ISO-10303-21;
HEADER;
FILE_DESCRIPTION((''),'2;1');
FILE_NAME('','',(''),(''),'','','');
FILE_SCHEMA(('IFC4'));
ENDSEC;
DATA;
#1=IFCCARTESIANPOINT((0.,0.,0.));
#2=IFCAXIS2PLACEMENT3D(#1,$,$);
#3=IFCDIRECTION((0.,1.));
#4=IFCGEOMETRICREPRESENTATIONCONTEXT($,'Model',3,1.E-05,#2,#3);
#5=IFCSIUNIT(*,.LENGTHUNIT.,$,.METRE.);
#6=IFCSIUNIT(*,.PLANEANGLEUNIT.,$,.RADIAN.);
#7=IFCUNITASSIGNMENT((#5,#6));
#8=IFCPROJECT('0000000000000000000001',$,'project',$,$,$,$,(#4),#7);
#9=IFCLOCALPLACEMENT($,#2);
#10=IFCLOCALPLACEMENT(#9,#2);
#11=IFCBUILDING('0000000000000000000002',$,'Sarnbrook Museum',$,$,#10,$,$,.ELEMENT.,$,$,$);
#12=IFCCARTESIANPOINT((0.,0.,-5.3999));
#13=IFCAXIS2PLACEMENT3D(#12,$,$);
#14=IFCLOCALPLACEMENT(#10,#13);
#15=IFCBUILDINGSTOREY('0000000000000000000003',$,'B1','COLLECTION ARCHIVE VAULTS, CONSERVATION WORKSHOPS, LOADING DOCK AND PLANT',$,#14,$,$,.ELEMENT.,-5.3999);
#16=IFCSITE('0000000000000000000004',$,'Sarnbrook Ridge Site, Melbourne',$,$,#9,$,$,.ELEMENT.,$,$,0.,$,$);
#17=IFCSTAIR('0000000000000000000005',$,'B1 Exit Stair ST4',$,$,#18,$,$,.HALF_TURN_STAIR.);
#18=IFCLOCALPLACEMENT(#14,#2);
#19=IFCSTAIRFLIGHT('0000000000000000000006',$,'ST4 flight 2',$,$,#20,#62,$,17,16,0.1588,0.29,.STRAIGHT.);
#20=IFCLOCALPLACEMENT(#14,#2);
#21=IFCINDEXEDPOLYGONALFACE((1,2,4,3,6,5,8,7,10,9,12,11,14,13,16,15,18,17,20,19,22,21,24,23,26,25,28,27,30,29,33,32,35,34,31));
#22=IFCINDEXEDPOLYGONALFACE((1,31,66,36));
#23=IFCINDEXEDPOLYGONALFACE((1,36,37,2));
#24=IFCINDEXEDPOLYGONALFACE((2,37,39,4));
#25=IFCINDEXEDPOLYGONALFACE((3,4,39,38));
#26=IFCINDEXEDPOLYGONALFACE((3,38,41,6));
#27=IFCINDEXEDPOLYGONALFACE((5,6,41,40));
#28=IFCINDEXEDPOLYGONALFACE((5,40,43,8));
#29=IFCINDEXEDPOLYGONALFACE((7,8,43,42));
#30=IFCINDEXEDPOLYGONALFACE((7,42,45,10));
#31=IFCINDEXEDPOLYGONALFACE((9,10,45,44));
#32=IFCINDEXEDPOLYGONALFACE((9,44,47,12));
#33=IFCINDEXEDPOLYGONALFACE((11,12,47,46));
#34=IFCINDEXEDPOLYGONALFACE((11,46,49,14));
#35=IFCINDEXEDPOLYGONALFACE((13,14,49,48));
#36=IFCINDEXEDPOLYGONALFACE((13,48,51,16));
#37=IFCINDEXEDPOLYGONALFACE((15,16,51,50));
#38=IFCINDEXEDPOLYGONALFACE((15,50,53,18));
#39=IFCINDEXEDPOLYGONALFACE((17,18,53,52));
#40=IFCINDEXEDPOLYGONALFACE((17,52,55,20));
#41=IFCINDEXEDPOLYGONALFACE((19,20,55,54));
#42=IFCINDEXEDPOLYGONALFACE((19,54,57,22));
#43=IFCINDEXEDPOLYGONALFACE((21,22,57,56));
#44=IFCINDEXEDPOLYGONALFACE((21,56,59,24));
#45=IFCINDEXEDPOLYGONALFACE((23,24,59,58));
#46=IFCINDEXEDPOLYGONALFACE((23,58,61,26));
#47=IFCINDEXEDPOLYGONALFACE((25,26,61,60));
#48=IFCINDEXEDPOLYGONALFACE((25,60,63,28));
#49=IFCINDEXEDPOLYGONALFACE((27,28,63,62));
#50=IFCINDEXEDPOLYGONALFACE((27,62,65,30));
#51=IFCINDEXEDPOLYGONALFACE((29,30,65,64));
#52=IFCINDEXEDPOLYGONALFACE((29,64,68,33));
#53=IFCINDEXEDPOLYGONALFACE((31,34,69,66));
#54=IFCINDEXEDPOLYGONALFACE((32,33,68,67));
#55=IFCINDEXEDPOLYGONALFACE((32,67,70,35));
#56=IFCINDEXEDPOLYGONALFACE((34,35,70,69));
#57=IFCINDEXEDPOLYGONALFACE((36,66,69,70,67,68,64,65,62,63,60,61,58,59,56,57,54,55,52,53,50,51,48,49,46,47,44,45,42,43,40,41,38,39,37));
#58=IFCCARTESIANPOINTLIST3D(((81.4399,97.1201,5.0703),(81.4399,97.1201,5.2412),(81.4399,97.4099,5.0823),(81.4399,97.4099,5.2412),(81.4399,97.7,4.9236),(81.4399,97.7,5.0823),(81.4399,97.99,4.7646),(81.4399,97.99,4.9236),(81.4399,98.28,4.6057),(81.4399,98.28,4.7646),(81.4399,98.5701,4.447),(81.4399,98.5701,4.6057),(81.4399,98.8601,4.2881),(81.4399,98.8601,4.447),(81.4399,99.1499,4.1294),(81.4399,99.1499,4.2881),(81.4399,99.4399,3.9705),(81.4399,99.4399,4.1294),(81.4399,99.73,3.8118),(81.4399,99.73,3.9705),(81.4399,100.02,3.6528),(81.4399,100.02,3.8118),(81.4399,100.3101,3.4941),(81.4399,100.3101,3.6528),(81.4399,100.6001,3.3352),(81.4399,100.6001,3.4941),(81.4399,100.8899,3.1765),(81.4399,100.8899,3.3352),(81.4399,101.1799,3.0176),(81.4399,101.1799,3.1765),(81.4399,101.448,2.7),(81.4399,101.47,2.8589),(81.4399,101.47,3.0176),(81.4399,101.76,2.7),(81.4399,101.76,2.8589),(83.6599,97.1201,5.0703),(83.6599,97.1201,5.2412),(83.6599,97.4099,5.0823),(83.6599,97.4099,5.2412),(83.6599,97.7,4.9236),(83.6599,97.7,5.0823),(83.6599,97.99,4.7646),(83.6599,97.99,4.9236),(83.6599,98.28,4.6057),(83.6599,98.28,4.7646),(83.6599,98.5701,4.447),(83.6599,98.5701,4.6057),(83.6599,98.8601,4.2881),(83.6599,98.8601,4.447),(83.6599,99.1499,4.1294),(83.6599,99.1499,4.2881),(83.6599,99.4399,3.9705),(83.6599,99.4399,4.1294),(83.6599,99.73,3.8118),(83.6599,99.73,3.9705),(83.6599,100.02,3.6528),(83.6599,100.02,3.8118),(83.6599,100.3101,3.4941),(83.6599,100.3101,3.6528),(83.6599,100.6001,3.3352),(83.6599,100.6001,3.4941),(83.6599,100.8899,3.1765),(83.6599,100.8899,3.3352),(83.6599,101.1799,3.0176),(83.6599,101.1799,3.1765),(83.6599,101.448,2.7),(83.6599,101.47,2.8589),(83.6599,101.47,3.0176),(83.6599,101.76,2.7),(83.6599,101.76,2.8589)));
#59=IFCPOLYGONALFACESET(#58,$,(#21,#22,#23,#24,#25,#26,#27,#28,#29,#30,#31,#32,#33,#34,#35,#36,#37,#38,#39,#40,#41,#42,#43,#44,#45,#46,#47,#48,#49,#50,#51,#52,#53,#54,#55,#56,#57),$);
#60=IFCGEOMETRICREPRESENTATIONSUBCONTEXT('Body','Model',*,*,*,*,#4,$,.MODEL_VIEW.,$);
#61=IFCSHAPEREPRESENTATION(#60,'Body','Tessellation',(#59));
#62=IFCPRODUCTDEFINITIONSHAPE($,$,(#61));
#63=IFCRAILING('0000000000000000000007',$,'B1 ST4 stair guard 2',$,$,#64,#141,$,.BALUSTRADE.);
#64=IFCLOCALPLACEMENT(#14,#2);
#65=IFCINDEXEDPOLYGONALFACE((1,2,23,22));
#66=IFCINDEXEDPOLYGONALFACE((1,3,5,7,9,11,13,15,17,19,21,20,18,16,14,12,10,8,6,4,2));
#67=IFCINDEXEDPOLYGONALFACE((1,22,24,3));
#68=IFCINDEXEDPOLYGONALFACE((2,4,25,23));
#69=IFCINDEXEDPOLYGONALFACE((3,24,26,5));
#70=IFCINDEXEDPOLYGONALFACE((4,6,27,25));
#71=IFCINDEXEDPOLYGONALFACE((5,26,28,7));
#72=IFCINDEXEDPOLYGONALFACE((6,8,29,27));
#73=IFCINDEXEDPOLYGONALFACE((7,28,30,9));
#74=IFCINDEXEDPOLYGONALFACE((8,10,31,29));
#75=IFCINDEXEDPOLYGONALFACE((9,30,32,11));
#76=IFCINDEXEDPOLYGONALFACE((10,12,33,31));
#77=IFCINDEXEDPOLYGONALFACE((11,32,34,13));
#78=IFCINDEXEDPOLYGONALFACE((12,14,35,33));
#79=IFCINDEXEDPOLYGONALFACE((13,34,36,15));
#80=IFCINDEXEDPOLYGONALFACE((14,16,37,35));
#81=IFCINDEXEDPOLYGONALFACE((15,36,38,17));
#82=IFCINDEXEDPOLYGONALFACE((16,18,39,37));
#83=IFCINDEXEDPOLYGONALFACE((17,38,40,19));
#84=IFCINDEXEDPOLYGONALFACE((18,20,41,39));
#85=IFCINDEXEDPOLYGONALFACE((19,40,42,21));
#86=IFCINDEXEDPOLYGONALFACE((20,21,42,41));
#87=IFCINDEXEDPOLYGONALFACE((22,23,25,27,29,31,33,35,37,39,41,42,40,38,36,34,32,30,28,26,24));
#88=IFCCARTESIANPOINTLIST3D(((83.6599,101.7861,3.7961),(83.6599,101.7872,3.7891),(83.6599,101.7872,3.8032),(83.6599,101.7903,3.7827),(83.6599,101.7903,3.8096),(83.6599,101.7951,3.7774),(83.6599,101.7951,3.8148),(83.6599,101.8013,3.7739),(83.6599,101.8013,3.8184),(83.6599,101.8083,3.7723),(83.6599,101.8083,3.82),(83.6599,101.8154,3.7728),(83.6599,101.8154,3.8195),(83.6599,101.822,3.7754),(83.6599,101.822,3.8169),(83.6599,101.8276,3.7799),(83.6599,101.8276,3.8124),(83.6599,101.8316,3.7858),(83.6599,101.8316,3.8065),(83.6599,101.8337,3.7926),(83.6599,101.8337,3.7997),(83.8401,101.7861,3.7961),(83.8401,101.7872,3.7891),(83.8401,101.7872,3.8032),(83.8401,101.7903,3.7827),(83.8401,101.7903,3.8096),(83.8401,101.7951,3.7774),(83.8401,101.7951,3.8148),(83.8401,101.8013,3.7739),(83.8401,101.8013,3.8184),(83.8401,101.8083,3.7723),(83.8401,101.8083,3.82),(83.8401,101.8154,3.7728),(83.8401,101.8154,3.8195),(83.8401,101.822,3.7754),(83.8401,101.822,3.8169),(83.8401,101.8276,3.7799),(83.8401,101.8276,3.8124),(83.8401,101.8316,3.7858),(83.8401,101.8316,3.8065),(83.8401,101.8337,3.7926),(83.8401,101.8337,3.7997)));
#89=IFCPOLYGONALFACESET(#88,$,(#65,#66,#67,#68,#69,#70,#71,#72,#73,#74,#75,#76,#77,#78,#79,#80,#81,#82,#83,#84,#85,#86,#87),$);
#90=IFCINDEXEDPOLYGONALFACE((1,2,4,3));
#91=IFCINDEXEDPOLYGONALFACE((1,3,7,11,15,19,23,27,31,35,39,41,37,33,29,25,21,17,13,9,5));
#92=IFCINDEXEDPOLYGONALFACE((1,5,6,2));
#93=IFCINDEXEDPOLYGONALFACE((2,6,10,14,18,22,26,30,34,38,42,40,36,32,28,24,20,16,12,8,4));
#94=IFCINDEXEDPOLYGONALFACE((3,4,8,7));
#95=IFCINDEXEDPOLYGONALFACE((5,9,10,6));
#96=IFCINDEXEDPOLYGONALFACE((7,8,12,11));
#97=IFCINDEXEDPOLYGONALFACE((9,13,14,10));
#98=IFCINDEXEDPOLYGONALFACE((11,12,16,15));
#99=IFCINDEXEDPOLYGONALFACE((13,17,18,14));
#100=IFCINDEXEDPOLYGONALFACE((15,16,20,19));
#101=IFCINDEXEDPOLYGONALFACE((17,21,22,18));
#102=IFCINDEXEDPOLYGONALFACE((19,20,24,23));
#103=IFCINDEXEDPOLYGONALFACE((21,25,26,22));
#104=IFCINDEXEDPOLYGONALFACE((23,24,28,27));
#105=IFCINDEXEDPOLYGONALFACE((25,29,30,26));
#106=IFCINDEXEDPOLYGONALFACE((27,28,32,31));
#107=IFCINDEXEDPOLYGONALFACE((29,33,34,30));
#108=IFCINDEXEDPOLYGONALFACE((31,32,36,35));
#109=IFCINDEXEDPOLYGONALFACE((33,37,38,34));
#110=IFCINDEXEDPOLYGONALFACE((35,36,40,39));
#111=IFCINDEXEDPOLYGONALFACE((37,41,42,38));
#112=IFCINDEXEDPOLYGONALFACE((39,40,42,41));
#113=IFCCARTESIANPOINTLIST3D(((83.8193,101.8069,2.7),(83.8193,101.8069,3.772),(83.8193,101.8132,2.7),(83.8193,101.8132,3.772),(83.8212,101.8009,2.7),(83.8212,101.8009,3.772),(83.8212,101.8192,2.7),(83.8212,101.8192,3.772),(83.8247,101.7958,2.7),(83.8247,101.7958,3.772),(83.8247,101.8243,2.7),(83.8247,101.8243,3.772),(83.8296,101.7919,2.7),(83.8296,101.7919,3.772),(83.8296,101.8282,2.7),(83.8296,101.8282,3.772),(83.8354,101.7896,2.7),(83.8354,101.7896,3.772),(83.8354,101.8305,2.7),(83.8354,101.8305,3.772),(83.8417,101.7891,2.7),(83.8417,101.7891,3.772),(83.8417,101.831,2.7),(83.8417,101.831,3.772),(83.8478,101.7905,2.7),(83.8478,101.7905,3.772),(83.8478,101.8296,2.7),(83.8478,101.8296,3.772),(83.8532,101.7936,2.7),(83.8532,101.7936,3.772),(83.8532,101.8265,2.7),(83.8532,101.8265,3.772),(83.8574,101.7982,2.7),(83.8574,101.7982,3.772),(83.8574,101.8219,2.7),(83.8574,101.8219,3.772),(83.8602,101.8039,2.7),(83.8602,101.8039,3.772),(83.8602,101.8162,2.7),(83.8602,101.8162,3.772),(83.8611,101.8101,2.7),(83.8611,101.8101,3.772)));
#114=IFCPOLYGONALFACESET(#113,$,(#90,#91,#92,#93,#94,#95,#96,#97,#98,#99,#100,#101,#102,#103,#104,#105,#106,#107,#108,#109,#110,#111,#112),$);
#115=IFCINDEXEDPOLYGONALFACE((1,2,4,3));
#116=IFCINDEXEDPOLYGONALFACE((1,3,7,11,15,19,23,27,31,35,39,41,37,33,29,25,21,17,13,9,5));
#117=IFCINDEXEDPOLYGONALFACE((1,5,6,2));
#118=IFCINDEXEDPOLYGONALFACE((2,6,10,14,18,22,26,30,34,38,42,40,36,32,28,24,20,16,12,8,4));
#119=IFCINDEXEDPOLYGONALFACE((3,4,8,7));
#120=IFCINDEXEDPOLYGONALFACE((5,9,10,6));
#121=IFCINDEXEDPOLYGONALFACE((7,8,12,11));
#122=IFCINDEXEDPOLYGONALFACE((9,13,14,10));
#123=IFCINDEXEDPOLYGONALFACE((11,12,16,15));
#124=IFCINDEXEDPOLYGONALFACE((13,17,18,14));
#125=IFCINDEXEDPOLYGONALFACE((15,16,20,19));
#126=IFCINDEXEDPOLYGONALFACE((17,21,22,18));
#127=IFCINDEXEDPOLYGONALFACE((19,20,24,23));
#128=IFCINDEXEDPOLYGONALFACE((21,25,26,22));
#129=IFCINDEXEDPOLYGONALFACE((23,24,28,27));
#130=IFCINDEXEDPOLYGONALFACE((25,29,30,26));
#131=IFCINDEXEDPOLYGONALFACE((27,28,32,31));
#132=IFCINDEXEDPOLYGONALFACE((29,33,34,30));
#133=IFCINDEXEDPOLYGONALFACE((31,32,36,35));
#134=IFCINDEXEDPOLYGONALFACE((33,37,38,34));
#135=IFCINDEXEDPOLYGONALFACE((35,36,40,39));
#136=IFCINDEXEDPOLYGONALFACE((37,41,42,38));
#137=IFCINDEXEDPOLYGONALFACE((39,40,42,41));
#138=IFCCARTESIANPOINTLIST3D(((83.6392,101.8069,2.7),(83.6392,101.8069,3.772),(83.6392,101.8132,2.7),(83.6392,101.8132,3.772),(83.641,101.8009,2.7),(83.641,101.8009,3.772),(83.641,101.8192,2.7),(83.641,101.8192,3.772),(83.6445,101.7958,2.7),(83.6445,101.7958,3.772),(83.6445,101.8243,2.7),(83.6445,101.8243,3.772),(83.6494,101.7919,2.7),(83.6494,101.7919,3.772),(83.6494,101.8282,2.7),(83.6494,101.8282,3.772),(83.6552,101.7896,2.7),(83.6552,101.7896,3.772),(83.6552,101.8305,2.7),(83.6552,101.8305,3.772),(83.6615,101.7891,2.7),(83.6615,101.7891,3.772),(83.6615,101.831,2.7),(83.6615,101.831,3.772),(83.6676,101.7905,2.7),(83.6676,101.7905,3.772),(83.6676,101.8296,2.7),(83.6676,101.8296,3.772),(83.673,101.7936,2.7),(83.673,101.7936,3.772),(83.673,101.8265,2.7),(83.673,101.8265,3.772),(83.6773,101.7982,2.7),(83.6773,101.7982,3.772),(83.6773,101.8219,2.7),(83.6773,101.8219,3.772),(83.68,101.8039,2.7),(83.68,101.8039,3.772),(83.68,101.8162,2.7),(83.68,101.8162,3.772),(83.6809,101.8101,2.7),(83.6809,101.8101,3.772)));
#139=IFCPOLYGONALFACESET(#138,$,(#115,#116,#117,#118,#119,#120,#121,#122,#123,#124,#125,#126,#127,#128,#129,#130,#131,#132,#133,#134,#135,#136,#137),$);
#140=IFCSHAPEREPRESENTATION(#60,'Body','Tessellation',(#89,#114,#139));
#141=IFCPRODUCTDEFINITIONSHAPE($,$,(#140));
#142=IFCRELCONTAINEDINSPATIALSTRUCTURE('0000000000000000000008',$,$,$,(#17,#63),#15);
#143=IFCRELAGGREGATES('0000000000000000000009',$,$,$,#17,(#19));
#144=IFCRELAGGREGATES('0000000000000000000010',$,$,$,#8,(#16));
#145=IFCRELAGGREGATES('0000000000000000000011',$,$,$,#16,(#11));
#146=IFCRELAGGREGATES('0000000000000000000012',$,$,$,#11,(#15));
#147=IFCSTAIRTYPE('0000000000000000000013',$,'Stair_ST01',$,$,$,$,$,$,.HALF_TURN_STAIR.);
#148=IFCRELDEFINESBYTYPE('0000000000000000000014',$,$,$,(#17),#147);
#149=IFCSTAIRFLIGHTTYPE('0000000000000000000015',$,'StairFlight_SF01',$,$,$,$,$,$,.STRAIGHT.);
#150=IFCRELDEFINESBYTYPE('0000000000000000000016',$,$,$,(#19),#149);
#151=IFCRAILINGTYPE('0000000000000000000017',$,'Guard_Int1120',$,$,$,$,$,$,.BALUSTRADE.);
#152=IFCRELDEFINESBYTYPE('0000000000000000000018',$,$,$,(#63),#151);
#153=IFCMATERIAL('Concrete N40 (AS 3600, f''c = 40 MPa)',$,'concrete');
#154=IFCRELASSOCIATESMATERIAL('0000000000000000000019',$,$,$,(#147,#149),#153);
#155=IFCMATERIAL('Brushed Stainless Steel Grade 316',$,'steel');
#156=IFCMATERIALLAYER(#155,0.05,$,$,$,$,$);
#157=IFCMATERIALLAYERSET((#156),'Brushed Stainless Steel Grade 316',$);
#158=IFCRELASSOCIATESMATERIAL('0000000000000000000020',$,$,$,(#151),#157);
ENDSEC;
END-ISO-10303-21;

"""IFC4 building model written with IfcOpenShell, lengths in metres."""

from ifc_helpers import new_model, si_unit, direction, frame, origin, origin_2d, place, context, subcontext, project, spatial, polyline, circle, outline, extrude, material, layer, layer_set, type_object, element, aggregate, save


model = new_model("IFC4")

# Units and contexts
model_context = context("Model", 3, precision=1e-05, world=origin(), true_north=direction((0.0, 1.0)))
body_context = subcontext(model_context, "Body", "Model", "MODEL_VIEW")
ifc_project = project(units=[si_unit("LENGTHUNIT", "METRE"), si_unit("PLANEANGLEUNIT", "RADIAN")], contexts=[model_context])

# Site, building, storey
site_placement = place(None, origin())
site = spatial("IfcSite", under=ifc_project, at=site_placement, Name="Sarnbrook Ridge Site, Melbourne", CompositionType="ELEMENT", RefElevation=0.0)
building_placement = place(site_placement, origin())
building = spatial("IfcBuilding", under=site, at=building_placement, Name="Sarnbrook Museum", CompositionType="ELEMENT")
storey_placement = place(building_placement, frame((0.0, 0.0, -5.3999)))
storey = spatial("IfcBuildingStorey", under=building, at=storey_placement, Name="B1", Description="COLLECTION ARCHIVE VAULTS, CONSERVATION WORKSHOPS, LOADING DOCK AND PLANT", CompositionType="ELEMENT", Elevation=-5.3999)

# Shared definitions
ifc_material_1 = material(Name="Concrete N40 (AS 3600, f'c = 40 MPa)", Category="concrete")

# Shared definitions
ifc_material_2 = material(Name="Brushed Stainless Steel Grade 316", Category="steel")

# Stair, stair flight
stair_type = type_object("IfcStairType", Name="Stair_ST01", PredefinedType="HALF_TURN_STAIR", material=ifc_material_1)
stair_placement = place(storey_placement, origin())
stair = element("IfcStair", 1, at=stair_placement, inside=storey, type_object=stair_type, Name="B1 Exit Stair ST4", PredefinedType="HALF_TURN_STAIR")
stair_flight_type = type_object("IfcStairFlightType", Name="StairFlight_SF01", PredefinedType="STRAIGHT", material=ifc_material_1)
stair_flight_placement = place(storey_placement, frame((82.55, 101.76, 2.7), z_axis=(0.0, 0.0, 1.0), x_axis=(0.0, -1.0, 0.0)))
stair_flight = element("IfcStairFlight", 2, at=stair_flight_placement, type_object=stair_flight_type, Name="ST4 flight 2", NumberOfRisers=17, NumberOfTreads=16, PredefinedType="STRAIGHT", RiserHeight=0.1588, TreadLength=0.29, context=body_context, shape_type="SweptSolid", body=[
    extrude(outline(polyline([(0.0, 0.0), (0.0, 0.1589), (0.29, 0.1589), (0.29, 0.3176), (0.5801, 0.3176), (0.5801, 0.4766), (0.8701, 0.4766), (0.8701, 0.6353), (1.1599, 0.6353), (1.1599, 0.7942), (1.45, 0.7942), (1.45, 0.9529), (1.74, 0.9529), (1.74, 1.1118), (2.03, 1.1118), (2.03, 1.2705), (2.3201, 1.2705), (2.3201, 1.4294), (2.6101, 1.4294), (2.6101, 1.5881), (2.8999, 1.5881), (2.8999, 1.7471), (3.1899, 1.7471), (3.1899, 1.9058), (3.48, 1.9058), (3.48, 2.0647), (3.77, 2.0647), (3.77, 2.2236), (4.0601, 2.2236), (4.0601, 2.3823), (4.3501, 2.3823), (4.3501, 2.5413), (4.6399, 2.5413), (4.6399, 2.7), (4.6399, 2.3704), (0.312, 0.0), (0.0, 0.0)])), frame((0.0, 1.1099, 0.0), z_axis=(0.0, -1.0, 0.0), x_axis=(1.0, 0.0, 0.0)), (0.0, 0.0, 1.0), 2.22),
])
aggregate(stair, [stair_flight])

# Railing
ifc_layer_1 = layer(ifc_material_2, 0.05)
ifc_layer_set_1 = layer_set([ifc_layer_1], Name="Brushed Stainless Steel Grade 316")
railing_type_1 = type_object("IfcRailingType", Name="Guard_Int1120", PredefinedType="BALUSTRADE", material=ifc_layer_set_1)
railing_1_placement = place(storey_placement, frame((83.8401, 101.8101, 2.7)))
element("IfcRailing", 3, at=railing_1_placement, inside=storey, type_object=railing_type_1, Name="B1 ST4 stair guard 2", PredefinedType="BALUSTRADE", context=body_context, shape_type="SweptSolid", body=[
    extrude(circle(Radius=0.0239, at=origin_2d()), frame((0.0, 0.0, 1.0962), z_axis=(-1.0, 0.0, 0.0), x_axis=(0.0, -1.0, 0.0)), (0.0, 0.0, 1.0), 0.1802),
    extrude(circle(Radius=0.021, at=origin_2d()), origin(), (0.0, 0.0, 1.0), 1.072),
    extrude(circle(Radius=0.021, at=origin_2d()), frame((-0.1802, 0.0, 0.0)), (0.0, 0.0, 1.0), 1.072),
])

save(model, "model.ifc")
